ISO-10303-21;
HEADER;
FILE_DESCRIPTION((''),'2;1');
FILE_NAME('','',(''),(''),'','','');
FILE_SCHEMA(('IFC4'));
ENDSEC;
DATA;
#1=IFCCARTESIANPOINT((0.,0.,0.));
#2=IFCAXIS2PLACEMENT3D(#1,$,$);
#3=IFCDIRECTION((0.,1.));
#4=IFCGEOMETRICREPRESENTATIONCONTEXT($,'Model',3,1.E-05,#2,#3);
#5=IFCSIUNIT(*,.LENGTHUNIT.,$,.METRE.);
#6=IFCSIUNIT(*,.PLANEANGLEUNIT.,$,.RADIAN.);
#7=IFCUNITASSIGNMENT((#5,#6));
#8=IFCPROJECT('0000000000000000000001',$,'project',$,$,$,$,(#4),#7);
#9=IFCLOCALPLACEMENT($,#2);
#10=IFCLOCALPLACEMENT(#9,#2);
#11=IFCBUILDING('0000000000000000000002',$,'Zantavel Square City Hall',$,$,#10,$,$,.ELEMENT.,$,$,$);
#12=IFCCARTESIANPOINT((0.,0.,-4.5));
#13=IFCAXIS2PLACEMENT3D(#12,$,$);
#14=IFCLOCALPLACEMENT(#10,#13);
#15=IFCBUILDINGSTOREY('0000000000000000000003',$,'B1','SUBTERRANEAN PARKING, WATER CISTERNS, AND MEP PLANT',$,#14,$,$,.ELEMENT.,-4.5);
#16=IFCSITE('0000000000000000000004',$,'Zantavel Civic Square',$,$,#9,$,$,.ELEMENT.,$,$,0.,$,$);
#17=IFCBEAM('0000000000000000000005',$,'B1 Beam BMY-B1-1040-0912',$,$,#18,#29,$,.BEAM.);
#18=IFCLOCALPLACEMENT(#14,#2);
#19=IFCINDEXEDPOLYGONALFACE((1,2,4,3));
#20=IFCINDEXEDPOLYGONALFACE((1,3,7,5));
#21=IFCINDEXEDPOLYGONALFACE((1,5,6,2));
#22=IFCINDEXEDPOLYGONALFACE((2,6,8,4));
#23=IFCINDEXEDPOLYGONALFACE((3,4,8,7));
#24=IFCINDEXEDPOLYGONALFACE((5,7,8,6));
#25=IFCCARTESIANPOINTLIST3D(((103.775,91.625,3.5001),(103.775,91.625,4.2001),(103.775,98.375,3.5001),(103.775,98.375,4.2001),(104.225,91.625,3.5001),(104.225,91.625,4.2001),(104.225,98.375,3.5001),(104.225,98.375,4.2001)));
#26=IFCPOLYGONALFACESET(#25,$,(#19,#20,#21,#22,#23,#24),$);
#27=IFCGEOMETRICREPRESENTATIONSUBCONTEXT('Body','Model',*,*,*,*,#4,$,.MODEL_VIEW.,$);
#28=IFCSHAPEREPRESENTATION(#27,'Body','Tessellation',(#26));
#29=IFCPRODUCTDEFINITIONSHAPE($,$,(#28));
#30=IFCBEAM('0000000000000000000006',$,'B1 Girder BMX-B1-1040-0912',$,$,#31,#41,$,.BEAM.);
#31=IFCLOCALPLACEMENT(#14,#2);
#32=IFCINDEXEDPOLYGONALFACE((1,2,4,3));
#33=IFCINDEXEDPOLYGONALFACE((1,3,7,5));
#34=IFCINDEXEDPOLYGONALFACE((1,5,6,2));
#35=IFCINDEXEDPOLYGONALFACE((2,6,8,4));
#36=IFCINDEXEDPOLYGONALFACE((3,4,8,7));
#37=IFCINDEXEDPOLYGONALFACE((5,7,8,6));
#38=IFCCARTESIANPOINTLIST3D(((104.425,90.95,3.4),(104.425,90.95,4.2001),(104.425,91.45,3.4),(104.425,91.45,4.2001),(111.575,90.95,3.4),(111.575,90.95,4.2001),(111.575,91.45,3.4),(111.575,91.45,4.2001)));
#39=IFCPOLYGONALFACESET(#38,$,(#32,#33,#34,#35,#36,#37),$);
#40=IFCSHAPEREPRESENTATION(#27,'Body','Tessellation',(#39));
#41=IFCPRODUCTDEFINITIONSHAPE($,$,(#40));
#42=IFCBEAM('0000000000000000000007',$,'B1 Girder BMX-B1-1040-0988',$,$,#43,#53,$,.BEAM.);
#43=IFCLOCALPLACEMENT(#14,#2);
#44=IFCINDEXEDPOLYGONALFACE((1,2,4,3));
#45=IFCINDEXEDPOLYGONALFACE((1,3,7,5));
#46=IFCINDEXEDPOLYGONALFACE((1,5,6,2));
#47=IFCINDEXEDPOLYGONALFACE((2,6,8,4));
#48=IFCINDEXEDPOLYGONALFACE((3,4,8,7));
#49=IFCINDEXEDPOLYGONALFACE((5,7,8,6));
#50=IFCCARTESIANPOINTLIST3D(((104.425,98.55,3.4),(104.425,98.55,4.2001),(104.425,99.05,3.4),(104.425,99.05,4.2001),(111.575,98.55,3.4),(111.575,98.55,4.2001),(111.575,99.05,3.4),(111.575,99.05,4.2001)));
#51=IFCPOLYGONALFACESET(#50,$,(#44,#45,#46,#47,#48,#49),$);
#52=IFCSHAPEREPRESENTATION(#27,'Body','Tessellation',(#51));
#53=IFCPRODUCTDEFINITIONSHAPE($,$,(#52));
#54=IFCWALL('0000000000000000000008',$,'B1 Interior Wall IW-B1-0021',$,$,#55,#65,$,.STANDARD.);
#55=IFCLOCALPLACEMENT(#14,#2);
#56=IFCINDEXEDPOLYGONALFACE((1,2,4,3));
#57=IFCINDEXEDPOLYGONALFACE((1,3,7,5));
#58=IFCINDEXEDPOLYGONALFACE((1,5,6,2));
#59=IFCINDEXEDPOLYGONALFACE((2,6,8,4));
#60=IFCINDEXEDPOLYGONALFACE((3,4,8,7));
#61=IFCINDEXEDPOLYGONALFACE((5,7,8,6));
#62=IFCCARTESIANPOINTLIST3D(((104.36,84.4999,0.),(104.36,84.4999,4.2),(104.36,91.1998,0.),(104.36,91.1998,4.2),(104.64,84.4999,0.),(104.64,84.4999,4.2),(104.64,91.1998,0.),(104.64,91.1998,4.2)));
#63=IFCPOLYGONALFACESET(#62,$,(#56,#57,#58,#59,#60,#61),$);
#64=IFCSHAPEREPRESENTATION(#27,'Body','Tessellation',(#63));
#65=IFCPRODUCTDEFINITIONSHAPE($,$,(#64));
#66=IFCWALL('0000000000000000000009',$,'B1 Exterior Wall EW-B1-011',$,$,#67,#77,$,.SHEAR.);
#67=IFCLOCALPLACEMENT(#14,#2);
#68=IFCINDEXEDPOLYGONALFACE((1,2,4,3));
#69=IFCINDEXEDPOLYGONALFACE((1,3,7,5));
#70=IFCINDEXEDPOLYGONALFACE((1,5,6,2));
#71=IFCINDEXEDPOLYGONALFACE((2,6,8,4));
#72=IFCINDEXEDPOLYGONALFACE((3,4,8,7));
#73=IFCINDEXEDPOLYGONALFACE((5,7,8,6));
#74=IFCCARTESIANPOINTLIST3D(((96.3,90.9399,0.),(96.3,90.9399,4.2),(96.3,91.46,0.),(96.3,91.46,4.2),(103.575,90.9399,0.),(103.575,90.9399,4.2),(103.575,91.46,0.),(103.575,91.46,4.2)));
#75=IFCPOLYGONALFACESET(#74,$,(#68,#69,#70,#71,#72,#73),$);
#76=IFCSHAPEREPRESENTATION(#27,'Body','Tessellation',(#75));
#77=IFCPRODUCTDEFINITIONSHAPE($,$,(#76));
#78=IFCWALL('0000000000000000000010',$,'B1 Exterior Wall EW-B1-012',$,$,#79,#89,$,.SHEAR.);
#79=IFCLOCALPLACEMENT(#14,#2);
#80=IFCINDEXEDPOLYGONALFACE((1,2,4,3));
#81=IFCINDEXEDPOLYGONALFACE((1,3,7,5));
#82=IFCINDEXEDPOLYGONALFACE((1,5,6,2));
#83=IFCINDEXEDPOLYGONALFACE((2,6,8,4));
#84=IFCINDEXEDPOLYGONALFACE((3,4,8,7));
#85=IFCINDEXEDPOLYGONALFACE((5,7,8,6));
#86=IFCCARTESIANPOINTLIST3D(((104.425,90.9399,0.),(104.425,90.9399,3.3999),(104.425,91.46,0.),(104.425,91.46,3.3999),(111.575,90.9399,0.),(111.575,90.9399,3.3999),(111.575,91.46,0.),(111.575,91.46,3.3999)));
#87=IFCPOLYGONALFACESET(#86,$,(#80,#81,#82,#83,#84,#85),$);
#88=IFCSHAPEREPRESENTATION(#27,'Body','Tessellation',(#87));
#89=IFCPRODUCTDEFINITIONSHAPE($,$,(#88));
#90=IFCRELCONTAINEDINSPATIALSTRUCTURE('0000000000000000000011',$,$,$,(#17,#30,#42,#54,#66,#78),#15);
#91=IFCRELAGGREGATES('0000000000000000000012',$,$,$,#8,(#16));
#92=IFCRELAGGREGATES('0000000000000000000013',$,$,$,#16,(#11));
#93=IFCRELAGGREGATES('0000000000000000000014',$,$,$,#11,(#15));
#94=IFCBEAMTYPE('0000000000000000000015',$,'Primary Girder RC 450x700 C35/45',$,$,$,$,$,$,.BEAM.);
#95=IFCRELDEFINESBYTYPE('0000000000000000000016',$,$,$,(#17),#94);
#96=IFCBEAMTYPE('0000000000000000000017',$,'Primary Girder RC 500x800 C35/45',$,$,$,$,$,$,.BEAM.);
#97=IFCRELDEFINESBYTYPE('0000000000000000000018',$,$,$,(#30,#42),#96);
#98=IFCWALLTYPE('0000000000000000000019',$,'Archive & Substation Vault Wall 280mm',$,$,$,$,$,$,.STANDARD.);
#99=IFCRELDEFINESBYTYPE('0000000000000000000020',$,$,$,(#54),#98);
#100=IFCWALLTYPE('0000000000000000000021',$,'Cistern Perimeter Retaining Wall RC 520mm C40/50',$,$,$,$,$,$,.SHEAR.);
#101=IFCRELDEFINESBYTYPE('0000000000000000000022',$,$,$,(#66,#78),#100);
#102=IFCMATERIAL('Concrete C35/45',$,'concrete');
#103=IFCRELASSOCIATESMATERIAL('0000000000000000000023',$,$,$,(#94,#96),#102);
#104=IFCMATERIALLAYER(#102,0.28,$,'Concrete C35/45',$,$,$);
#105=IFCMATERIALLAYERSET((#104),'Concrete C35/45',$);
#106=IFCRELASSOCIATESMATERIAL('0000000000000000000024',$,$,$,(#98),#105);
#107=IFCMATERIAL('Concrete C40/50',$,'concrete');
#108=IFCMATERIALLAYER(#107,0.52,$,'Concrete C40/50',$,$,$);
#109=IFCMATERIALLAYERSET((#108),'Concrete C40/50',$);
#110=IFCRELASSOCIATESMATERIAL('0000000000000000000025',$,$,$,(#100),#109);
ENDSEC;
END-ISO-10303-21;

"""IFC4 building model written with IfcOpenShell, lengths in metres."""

from ifc_helpers import new_model, si_unit, direction, frame, frame_2d, origin, origin_2d, place, context, subcontext, project, spatial, rectangle, extrude, material, layer, layer_set, material_profile, profile_set, type_object, element, save


model = new_model("IFC4")

# Units and contexts
model_context = context("Model", 3, precision=1e-05, world=origin(), true_north=direction((0.0, 1.0)))
body_context = subcontext(model_context, "Body", "Model", "MODEL_VIEW")
ifc_project = project(units=[si_unit("LENGTHUNIT", "METRE"), si_unit("PLANEANGLEUNIT", "RADIAN")], contexts=[model_context])

# Site, building, storey
site_placement = place(None, origin())
site = spatial("IfcSite", under=ifc_project, at=site_placement, Name="Zantavel Civic Square", CompositionType="ELEMENT", RefElevation=0.0)
building_placement = place(site_placement, origin())
building = spatial("IfcBuilding", under=site, at=building_placement, Name="Zantavel Square City Hall", CompositionType="ELEMENT")
storey_placement = place(building_placement, frame((0.0, 0.0, -4.5)))
storey = spatial("IfcBuildingStorey", under=building, at=storey_placement, Name="B1", Description="SUBTERRANEAN PARKING, WATER CISTERNS, AND MEP PLANT", CompositionType="ELEMENT", Elevation=-4.5)

# Shared definitions
ifc_material_1 = material(Name="Concrete C35/45", Category="concrete")

# Shared definitions
ifc_material_2 = material(Name="Concrete C40/50", Category="concrete")

# Beams
ifc_material_profile_1 = material_profile(ifc_material_1, rectangle(XDim=0.45, YDim=0.7, at=origin_2d()), Name="RC 450x700")
ifc_profile_set_1 = profile_set([ifc_material_profile_1], Name="Concrete C35/45")
beam_type_1 = type_object("IfcBeamType", Name="Primary Girder RC 450x700 C35/45", PredefinedType="BEAM", material=ifc_profile_set_1)
beam_1_placement = place(storey_placement, frame((104.0, 91.625, 3.8501), z_axis=(0.0, 1.0, 0.0), x_axis=(-1.0, 0.0, 0.0)))
element("IfcBeam", 1, at=beam_1_placement, inside=storey, type_object=beam_type_1, Name="B1 Beam BMY-B1-1040-0912", PredefinedType="BEAM", context=body_context, shape_type="SweptSolid", body=[
    extrude(rectangle(XDim=0.45, YDim=0.7, at=origin_2d()), origin(), (0.0, 0.0, 1.0), 6.75),
])
ifc_material_profile_2 = material_profile(ifc_material_1, rectangle(XDim=0.5, YDim=0.8, at=origin_2d()), Name="RC 500x800")
ifc_profile_set_2 = profile_set([ifc_material_profile_2], Name="Concrete C35/45")
beam_type_2 = type_object("IfcBeamType", Name="Primary Girder RC 500x800 C35/45", PredefinedType="BEAM", material=ifc_profile_set_2)
for number, where, z_axis, x_axis, name in (
    (2, (104.425, 91.2, 3.8), (1.0, 0.0, 0.0), (0.0, 1.0, 0.0), "B1 Girder BMX-B1-1040-0912"),
    (3, (104.425, 98.8, 3.8), (1.0, 0.0, 0.0), (0.0, 1.0, 0.0), "B1 Girder BMX-B1-1040-0988"),
):
    element("IfcBeam", number, at=place(storey_placement, frame(where, z_axis=z_axis, x_axis=x_axis)), inside=storey, type_object=beam_type_2, Name=name, PredefinedType="BEAM", context=body_context, shape_type="SweptSolid", body=[
        extrude(rectangle(XDim=0.5, YDim=0.8, at=origin_2d()), origin(), (0.0, 0.0, 1.0), 7.1499),
    ])

# Walls
ifc_layer_1 = layer(ifc_material_1, 0.28, Name="Concrete C35/45")
ifc_layer_set_1 = layer_set([ifc_layer_1], Name="Concrete C35/45")
wall_type_1 = type_object("IfcWallType", Name="Archive & Substation Vault Wall 280mm", PredefinedType="STANDARD", material=ifc_layer_set_1)
wall_1_placement = place(storey_placement, frame((104.5, 91.2, 0.0), z_axis=(0.0, 0.0, 1.0), x_axis=(0.0, -1.0, 0.0)))
element("IfcWall", 4, at=wall_1_placement, inside=storey, type_object=wall_type_1, Name="B1 Interior Wall IW-B1-0021", PredefinedType="STANDARD", context=body_context, shape_type="SweptSolid", body=[
    extrude(rectangle(XDim=6.7, YDim=0.28, at=frame_2d((3.3501, 0.0))), origin(), (0.0, 0.0, 1.0), 4.2),
])
ifc_layer_2 = layer(ifc_material_2, 0.52, Name="Concrete C40/50")
ifc_layer_set_2 = layer_set([ifc_layer_2], Name="Concrete C40/50")
wall_type_2 = type_object("IfcWallType", Name="Cistern Perimeter Retaining Wall RC 520mm C40/50", PredefinedType="SHEAR", material=ifc_layer_set_2)
wall_2_placement = place(storey_placement, frame((96.3, 91.2, 0.0), z_axis=(0.0, 0.0, 1.0), x_axis=(1.0, 0.0, 0.0)))
element("IfcWall", 5, at=wall_2_placement, inside=storey, type_object=wall_type_2, Name="B1 Exterior Wall EW-B1-011", PredefinedType="SHEAR", context=body_context, shape_type="SweptSolid", body=[
    extrude(rectangle(XDim=7.2749, YDim=0.52, at=frame_2d((3.6375, 0.0))), origin(), (0.0, 0.0, 1.0), 4.2),
])
wall_3_placement = place(storey_placement, frame((104.425, 91.2, 0.0), z_axis=(0.0, 0.0, 1.0), x_axis=(1.0, 0.0, 0.0)))
element("IfcWall", 6, at=wall_3_placement, inside=storey, type_object=wall_type_2, Name="B1 Exterior Wall EW-B1-012", PredefinedType="SHEAR", context=body_context, shape_type="SweptSolid", body=[
    extrude(rectangle(XDim=7.1499, YDim=0.52, at=frame_2d((3.575, 0.0))), origin(), (0.0, 0.0, 1.0), 3.3999),
])

save(model, "model.ifc")
